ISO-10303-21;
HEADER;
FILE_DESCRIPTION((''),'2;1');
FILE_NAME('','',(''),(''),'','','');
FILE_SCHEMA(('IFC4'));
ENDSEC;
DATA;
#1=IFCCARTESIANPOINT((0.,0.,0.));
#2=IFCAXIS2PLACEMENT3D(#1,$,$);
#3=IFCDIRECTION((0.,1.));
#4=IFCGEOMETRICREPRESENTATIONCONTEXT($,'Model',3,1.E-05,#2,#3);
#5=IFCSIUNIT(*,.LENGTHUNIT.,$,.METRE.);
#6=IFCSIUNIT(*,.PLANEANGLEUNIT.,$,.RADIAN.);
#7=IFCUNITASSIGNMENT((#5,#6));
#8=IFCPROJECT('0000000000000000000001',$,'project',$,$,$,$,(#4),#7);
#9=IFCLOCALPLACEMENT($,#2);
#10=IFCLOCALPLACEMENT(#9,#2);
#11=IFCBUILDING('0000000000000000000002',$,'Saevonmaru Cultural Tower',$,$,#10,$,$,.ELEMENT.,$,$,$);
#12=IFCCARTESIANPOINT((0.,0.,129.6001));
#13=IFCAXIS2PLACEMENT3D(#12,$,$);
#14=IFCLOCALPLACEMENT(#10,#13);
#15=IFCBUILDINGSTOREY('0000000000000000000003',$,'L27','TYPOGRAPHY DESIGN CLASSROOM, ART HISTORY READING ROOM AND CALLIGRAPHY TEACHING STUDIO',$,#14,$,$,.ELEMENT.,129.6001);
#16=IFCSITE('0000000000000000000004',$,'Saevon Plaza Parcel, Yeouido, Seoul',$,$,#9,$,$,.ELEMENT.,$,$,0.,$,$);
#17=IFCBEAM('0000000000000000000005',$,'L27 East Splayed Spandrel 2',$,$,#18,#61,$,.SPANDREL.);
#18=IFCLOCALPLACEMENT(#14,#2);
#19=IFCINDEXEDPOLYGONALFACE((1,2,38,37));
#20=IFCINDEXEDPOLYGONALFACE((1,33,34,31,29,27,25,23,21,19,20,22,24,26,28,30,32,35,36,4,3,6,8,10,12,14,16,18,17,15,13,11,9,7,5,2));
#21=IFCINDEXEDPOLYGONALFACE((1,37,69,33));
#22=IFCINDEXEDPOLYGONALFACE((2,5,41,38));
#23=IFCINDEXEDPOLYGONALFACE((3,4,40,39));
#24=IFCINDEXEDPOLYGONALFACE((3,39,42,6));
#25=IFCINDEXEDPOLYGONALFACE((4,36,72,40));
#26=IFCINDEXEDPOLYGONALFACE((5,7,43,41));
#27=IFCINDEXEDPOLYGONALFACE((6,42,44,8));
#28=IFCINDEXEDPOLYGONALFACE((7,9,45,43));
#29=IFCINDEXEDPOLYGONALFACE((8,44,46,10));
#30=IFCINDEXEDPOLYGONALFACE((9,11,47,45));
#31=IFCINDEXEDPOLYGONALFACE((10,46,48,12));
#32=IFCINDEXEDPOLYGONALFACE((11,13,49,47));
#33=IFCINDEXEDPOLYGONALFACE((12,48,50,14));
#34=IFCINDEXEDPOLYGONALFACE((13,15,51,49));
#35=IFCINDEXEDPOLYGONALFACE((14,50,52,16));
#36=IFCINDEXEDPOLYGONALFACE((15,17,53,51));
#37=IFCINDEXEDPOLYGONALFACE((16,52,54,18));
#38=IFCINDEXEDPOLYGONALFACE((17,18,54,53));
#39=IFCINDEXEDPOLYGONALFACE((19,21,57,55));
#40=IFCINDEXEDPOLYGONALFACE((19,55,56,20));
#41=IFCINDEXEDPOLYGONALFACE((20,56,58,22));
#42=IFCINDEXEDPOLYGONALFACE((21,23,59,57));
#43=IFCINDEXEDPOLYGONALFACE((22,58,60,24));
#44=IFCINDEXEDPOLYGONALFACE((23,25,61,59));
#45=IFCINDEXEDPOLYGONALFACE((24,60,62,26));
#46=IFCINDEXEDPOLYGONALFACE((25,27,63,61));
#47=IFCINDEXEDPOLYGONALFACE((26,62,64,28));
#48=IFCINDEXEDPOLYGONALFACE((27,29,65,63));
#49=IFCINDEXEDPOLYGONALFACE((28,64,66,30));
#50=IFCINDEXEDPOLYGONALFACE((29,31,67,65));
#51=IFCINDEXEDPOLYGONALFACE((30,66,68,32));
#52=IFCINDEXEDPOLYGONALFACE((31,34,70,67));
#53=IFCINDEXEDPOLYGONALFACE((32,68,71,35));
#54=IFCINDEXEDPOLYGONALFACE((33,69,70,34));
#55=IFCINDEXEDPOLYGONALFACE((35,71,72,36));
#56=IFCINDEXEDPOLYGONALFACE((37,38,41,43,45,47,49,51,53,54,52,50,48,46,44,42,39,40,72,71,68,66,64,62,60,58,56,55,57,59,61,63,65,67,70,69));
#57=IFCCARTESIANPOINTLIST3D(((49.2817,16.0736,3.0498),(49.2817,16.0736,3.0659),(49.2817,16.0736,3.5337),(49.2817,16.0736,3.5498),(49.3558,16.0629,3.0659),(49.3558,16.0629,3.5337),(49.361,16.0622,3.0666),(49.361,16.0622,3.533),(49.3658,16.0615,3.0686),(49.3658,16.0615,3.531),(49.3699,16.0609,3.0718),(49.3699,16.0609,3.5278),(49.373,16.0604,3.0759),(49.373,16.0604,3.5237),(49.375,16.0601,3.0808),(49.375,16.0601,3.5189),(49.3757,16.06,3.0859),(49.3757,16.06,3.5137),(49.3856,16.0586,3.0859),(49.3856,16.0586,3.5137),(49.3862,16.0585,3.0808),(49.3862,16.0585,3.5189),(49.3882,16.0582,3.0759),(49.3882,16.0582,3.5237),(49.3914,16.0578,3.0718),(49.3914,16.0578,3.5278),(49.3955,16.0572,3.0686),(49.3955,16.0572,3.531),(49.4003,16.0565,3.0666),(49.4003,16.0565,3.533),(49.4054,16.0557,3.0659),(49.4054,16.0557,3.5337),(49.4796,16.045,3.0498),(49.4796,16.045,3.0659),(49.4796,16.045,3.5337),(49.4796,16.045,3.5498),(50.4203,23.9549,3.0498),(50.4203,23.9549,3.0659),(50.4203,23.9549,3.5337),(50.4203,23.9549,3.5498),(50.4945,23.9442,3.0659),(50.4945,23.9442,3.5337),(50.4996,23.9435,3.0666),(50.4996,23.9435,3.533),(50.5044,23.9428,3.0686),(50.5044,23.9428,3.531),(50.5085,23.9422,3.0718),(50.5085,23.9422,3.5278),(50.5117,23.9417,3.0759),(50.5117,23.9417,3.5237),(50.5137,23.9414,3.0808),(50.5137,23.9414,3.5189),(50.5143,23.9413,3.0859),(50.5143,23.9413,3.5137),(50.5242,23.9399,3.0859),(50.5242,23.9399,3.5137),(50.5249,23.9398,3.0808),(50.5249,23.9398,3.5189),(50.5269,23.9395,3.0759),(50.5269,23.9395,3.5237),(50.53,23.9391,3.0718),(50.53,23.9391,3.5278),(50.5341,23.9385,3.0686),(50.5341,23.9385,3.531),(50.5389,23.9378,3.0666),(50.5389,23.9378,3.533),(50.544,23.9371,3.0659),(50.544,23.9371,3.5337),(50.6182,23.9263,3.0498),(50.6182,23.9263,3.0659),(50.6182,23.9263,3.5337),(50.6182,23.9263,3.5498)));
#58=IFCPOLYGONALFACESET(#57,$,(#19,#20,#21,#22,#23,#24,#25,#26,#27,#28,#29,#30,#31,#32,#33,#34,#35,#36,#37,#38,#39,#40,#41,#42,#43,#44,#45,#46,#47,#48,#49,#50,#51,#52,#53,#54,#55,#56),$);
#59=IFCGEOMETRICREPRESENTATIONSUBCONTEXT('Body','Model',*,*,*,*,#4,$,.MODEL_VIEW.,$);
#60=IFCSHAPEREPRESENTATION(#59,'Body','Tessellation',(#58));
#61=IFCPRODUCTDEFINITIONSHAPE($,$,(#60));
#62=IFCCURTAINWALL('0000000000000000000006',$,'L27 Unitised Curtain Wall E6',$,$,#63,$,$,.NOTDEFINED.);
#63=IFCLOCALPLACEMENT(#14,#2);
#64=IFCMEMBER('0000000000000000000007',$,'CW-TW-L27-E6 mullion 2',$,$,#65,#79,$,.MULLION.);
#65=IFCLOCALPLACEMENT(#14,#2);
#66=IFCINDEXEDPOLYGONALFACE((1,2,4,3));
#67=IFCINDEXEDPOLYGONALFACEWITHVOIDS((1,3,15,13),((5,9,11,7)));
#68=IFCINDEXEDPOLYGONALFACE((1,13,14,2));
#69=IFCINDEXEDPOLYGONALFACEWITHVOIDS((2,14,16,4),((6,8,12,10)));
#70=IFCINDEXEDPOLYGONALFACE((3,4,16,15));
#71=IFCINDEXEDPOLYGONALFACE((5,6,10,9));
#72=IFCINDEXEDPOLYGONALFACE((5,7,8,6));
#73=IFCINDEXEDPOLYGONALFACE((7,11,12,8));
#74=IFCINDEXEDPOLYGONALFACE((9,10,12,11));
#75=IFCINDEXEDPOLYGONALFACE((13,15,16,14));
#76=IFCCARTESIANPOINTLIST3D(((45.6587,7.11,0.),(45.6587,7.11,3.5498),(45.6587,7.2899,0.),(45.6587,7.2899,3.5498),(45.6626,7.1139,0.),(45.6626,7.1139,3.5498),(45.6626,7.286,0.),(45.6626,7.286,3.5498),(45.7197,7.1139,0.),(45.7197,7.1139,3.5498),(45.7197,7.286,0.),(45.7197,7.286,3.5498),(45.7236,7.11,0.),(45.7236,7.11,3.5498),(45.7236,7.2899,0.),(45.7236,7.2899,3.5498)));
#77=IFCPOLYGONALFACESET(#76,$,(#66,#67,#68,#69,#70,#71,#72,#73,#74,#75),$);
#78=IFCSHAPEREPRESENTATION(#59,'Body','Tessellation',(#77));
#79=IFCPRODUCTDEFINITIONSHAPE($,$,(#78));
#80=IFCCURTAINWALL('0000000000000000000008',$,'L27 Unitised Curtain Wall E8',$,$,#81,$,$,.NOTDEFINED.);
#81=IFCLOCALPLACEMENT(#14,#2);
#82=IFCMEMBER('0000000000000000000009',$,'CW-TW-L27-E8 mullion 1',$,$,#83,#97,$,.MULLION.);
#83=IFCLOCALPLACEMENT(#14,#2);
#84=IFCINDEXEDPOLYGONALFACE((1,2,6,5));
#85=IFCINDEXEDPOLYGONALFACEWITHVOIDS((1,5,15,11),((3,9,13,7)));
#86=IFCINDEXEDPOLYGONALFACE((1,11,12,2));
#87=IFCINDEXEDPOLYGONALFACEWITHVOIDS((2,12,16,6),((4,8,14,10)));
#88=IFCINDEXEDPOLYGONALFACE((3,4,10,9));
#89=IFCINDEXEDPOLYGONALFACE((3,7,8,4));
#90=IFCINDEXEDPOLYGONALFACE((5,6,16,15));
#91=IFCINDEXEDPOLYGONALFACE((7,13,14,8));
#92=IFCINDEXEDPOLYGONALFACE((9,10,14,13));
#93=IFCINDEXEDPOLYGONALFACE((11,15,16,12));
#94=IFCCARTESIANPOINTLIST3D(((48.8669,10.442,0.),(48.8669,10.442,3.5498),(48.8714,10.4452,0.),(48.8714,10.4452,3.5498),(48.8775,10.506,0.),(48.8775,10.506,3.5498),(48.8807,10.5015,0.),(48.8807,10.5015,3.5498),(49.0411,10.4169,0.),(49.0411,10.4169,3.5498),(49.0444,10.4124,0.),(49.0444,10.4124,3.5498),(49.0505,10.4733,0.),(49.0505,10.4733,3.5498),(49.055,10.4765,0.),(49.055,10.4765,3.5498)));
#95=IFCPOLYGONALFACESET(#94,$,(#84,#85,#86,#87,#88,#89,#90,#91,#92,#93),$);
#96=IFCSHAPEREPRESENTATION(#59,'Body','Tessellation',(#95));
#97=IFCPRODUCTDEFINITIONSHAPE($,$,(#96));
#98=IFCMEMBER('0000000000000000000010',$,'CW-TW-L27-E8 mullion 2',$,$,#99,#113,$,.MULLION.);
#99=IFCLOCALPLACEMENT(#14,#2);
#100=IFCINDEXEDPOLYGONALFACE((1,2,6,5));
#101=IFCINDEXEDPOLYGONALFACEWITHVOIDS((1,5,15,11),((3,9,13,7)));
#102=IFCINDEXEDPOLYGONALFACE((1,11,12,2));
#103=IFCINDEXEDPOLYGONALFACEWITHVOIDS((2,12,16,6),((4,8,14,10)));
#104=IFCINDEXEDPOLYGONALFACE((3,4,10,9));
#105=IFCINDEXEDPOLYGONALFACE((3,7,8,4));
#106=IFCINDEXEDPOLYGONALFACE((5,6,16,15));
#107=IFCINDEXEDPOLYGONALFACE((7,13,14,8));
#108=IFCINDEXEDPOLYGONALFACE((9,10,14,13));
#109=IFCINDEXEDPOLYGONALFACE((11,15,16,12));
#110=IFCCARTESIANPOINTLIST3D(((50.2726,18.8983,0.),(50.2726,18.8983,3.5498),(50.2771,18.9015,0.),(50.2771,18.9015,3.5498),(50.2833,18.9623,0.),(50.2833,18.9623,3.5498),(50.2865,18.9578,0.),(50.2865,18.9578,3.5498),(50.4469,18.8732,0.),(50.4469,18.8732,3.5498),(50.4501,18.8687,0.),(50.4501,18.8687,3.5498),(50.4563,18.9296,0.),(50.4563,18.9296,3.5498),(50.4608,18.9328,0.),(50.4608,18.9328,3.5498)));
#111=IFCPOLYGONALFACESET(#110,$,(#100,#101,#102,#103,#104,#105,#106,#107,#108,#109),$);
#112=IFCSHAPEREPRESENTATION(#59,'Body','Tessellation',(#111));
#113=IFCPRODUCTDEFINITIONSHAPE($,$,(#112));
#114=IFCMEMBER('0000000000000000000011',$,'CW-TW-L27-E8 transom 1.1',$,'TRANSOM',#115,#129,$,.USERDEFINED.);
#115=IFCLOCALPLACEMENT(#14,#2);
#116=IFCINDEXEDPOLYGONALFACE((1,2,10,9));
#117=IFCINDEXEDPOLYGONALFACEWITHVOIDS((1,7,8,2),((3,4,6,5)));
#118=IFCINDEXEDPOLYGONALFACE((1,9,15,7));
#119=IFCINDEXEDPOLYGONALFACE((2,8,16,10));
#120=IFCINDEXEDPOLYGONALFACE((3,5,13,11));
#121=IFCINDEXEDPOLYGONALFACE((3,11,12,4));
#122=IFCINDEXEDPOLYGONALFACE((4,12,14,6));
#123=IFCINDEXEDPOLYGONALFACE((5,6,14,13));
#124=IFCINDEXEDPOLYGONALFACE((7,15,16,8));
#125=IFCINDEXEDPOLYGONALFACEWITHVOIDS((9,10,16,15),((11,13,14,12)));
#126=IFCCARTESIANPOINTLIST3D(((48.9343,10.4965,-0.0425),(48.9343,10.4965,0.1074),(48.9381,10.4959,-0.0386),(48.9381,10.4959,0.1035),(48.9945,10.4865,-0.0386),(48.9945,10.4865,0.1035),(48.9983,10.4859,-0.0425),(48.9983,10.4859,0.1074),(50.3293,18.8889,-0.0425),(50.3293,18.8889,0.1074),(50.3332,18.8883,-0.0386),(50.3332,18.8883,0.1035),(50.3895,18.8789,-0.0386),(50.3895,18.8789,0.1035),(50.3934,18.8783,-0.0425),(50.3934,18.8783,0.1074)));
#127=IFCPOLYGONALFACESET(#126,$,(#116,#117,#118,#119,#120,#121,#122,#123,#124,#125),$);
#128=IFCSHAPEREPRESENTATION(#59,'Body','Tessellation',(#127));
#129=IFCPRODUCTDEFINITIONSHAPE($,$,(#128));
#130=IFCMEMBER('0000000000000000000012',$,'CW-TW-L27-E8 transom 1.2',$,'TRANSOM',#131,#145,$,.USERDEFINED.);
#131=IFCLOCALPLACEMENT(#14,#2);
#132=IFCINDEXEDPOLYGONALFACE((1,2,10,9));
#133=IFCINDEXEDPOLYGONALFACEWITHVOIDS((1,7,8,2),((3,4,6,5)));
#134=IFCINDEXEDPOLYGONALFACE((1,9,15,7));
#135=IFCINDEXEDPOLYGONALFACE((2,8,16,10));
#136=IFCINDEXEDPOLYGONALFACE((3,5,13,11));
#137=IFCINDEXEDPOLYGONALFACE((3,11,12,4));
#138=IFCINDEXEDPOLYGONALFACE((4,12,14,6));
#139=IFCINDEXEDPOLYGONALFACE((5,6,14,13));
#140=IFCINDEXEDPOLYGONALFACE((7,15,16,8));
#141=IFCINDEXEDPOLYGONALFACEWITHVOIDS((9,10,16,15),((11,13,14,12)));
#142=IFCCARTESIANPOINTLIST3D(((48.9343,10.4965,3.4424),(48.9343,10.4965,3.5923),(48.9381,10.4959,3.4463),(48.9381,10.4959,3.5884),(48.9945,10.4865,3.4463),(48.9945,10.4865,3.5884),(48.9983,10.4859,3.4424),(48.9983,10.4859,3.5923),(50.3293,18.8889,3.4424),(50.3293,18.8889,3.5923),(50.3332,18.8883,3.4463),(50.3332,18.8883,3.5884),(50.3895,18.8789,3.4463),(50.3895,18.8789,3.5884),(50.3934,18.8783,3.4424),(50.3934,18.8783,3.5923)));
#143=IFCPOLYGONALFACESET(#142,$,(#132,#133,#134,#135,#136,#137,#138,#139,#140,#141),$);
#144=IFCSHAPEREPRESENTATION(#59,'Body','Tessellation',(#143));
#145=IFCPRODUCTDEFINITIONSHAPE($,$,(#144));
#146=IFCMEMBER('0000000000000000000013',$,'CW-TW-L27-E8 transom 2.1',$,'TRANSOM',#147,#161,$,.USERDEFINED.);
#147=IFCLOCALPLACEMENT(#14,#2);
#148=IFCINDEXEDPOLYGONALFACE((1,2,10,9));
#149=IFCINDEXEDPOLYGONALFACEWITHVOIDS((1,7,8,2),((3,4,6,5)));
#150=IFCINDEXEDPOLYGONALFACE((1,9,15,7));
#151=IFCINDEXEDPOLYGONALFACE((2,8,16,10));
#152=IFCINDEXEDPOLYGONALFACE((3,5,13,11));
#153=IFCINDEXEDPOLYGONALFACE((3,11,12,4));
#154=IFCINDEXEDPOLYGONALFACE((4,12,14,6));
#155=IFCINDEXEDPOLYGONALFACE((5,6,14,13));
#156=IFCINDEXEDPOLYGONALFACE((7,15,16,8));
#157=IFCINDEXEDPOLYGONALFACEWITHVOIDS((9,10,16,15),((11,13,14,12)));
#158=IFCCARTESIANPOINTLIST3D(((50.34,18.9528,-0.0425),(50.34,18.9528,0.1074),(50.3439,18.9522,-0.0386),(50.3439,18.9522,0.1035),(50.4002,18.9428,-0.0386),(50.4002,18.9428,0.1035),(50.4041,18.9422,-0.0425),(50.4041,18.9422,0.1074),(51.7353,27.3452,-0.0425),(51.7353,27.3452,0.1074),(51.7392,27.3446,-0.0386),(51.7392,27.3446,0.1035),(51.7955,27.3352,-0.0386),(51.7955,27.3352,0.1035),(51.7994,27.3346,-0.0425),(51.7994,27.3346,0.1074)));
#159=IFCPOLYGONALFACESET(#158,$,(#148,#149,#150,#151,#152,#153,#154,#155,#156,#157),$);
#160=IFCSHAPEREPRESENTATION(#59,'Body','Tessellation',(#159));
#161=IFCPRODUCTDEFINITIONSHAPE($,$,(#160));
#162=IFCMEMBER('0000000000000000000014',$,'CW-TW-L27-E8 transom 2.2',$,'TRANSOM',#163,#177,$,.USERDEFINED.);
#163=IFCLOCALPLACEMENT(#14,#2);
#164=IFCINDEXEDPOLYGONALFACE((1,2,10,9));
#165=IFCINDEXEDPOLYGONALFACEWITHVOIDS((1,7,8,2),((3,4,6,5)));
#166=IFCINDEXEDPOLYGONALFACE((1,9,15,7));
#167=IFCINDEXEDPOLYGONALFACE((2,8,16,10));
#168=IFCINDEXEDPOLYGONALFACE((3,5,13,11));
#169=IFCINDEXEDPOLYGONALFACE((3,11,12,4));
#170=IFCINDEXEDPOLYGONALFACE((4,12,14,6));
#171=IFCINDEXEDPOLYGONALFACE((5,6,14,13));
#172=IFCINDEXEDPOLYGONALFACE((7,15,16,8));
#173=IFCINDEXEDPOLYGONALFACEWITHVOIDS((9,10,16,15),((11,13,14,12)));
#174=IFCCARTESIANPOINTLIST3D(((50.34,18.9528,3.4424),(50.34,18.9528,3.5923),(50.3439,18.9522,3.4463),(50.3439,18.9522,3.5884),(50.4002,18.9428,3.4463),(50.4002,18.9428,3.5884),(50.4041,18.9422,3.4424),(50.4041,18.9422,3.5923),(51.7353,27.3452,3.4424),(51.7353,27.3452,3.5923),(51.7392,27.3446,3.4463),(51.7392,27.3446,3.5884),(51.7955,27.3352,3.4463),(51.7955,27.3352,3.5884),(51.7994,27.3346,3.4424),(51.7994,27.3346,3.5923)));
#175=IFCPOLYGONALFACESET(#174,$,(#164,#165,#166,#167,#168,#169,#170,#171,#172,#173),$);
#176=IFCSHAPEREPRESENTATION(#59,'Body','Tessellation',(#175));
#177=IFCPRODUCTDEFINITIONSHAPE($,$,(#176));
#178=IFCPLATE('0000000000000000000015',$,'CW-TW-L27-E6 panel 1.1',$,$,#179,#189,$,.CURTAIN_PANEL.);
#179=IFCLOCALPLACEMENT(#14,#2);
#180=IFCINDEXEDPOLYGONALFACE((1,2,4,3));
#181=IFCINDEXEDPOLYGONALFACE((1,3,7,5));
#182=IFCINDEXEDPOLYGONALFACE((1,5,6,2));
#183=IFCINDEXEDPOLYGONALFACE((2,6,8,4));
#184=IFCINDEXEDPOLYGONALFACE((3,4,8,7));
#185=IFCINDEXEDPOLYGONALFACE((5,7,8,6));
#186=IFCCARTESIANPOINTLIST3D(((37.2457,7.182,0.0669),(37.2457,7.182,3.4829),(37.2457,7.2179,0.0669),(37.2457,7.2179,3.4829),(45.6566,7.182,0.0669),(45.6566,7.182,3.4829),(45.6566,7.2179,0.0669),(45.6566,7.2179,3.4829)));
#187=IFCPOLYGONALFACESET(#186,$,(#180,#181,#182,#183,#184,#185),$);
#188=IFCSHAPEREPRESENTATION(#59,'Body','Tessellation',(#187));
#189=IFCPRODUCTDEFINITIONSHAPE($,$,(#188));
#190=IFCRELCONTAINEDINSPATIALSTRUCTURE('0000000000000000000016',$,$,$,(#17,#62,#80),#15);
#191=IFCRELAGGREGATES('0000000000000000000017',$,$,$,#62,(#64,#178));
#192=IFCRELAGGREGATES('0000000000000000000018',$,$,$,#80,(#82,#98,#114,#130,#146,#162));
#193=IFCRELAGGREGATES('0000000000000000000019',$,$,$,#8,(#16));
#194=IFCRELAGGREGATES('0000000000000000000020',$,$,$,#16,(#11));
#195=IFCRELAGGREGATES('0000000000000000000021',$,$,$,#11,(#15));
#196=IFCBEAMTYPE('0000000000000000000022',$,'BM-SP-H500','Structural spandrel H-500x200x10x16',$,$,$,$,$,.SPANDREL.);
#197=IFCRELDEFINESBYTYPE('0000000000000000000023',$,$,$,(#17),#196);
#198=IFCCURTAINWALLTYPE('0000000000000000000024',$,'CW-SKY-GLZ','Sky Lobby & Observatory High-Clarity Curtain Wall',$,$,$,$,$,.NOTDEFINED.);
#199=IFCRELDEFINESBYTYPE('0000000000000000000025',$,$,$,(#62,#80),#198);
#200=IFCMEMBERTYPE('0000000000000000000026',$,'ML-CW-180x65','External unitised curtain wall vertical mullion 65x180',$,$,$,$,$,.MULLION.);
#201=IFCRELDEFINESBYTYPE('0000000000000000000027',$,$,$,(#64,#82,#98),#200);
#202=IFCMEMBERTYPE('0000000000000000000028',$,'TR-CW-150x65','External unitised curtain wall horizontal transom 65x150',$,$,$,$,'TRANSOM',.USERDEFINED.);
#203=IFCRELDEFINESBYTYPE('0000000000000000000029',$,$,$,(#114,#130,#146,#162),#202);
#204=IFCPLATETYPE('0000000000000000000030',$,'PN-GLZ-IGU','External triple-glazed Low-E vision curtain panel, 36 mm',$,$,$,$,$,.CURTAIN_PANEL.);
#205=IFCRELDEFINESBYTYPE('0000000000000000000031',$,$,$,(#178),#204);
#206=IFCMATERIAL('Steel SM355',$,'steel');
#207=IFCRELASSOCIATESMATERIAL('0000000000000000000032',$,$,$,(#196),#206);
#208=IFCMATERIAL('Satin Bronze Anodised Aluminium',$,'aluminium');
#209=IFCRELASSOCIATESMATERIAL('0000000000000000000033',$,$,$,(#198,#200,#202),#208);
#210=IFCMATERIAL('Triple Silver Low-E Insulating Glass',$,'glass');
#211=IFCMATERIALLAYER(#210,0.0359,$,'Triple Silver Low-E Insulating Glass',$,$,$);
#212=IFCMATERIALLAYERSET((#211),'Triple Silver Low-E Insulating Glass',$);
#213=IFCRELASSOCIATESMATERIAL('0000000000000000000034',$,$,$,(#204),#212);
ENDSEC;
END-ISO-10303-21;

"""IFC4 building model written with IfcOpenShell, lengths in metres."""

from ifc_helpers import new_model, si_unit, direction, frame, origin, origin_2d, place, context, subcontext, project, spatial, rectangle, hollow_rectangle, i_section, extrude, material, layer, layer_set, material_profile, profile_set, type_object, element, aggregate, save


model = new_model("IFC4")

# Units and contexts
model_context = context("Model", 3, precision=1e-05, world=origin(), true_north=direction((0.0, 1.0)))
body_context = subcontext(model_context, "Body", "Model", "MODEL_VIEW")
ifc_project = project(units=[si_unit("LENGTHUNIT", "METRE"), si_unit("PLANEANGLEUNIT", "RADIAN")], contexts=[model_context])

# Site, building, storey
site_placement = place(None, origin())
site = spatial("IfcSite", under=ifc_project, at=site_placement, Name="Saevon Plaza Parcel, Yeouido, Seoul", CompositionType="ELEMENT", RefElevation=0.0)
building_placement = place(site_placement, origin())
building = spatial("IfcBuilding", under=site, at=building_placement, Name="Saevonmaru Cultural Tower", CompositionType="ELEMENT")
storey_placement = place(building_placement, frame((0.0, 0.0, 129.6001)))
storey = spatial("IfcBuildingStorey", under=building, at=storey_placement, Name="L27", Description="TYPOGRAPHY DESIGN CLASSROOM, ART HISTORY READING ROOM AND CALLIGRAPHY TEACHING STUDIO", CompositionType="ELEMENT", Elevation=129.6001)

# Shared definitions
ifc_material_1 = material(Name="Steel SM355", Category="steel")

# Beam
ifc_material_profile_1 = material_profile(ifc_material_1, i_section(OverallWidth=0.2, OverallDepth=0.5, WebThickness=0.01, FlangeThickness=0.0161, FilletRadius=0.02, at=origin_2d()), Name="H-500x200x10x16")
ifc_profile_set_1 = profile_set([ifc_material_profile_1], Name="Steel SM355")
beam_type_1 = type_object("IfcBeamType", Name="BM-SP-H500", Description="Structural spandrel H-500x200x10x16", PredefinedType="SPANDREL", material=ifc_profile_set_1)
beam_1_placement = place(storey_placement, frame((49.3806, 16.0593, 3.2998), z_axis=(0.142992, 0.989724, 0.0), x_axis=(-0.989724, 0.142992, 0.0)))
element("IfcBeam", 1, at=beam_1_placement, inside=storey, type_object=beam_type_1, Name="L27 East Splayed Spandrel 2", PredefinedType="SPANDREL", context=body_context, shape_type="SweptSolid", body=[
    extrude(i_section(OverallWidth=0.2, OverallDepth=0.5, WebThickness=0.01, FlangeThickness=0.0161, FilletRadius=0.02, at=origin_2d()), origin(), (0.0, 0.0, 1.0), 7.9631),
])

# Curtain wall, member
ifc_material_2 = material(Name="Satin Bronze Anodised Aluminium", Category="aluminium")
curtain_wall_type = type_object("IfcCurtainWallType", Name="CW-SKY-GLZ", Description="Sky Lobby & Observatory High-Clarity Curtain Wall", PredefinedType="NOTDEFINED", material=ifc_material_2)
curtain_wall_1_placement = place(storey_placement, origin())
curtain_wall_1 = element("IfcCurtainWall", 2, at=curtain_wall_1_placement, inside=storey, type_object=curtain_wall_type, Name="L27 Unitised Curtain Wall E6", PredefinedType="NOTDEFINED")
ifc_material_profile_2 = material_profile(ifc_material_2, hollow_rectangle(XDim=0.0649, YDim=0.1799, WallThickness=0.0039, at=origin_2d()), Name="ALU-MULL-180x65x4")
ifc_profile_set_2 = profile_set([ifc_material_profile_2], Name="Satin Bronze Anodised Aluminium")
member_type_1 = type_object("IfcMemberType", Name="ML-CW-180x65", Description="External unitised curtain wall vertical mullion 65x180", PredefinedType="MULLION", material=ifc_profile_set_2)
member_1_placement = place(storey_placement, frame((45.6912, 7.2, 0.0), z_axis=(0.0, 0.0, 1.0), x_axis=(1.0, 0.0, 0.0)))
member_1 = element("IfcMember", 3, at=member_1_placement, type_object=member_type_1, Name="CW-TW-L27-E6 mullion 2", PredefinedType="MULLION", context=body_context, shape_type="SweptSolid", body=[
    extrude(hollow_rectangle(XDim=0.0649, YDim=0.1799, WallThickness=0.0039, at=origin_2d()), origin(), (0.0, 0.0, 1.0), 3.5498),
])

# Curtain wall, members
curtain_wall_2_placement = place(storey_placement, origin())
curtain_wall_2 = element("IfcCurtainWall", 4, at=curtain_wall_2_placement, inside=storey, type_object=curtain_wall_type, Name="L27 Unitised Curtain Wall E8", PredefinedType="NOTDEFINED")
member_2_placement = place(storey_placement, frame((48.9609, 10.4592, 0.0), z_axis=(0.0, 0.0, 1.0), x_axis=(0.163999, 0.986461, 0.0)))
member_2 = element("IfcMember", 5, at=member_2_placement, type_object=member_type_1, Name="CW-TW-L27-E8 mullion 1", PredefinedType="MULLION", context=body_context, shape_type="SweptSolid", body=[
    extrude(hollow_rectangle(XDim=0.0649, YDim=0.1799, WallThickness=0.0039, at=origin_2d()), origin(), (0.0, 0.0, 1.0), 3.5498),
])
member_3_placement = place(storey_placement, frame((50.3667, 18.9155, 0.0), z_axis=(0.0, 0.0, 1.0), x_axis=(0.163999, 0.986461, 0.0)))
member_3 = element("IfcMember", 6, at=member_3_placement, type_object=member_type_1, Name="CW-TW-L27-E8 mullion 2", PredefinedType="MULLION", context=body_context, shape_type="SweptSolid", body=[
    extrude(hollow_rectangle(XDim=0.0649, YDim=0.1799, WallThickness=0.0039, at=origin_2d()), origin(), (0.0, 0.0, 1.0), 3.5498),
])
ifc_material_profile_3 = material_profile(ifc_material_2, hollow_rectangle(XDim=0.0649, YDim=0.1499, WallThickness=0.0039, at=origin_2d()), Name="ALU-TRAN-150x65x4")
ifc_profile_set_3 = profile_set([ifc_material_profile_3], Name="Satin Bronze Anodised Aluminium")
member_type_2 = type_object("IfcMemberType", Name="TR-CW-150x65", Description="External unitised curtain wall horizontal transom 65x150", ElementType="TRANSOM", PredefinedType="USERDEFINED", material=ifc_profile_set_3)
member_4_placement = place(storey_placement, frame((48.9663, 10.4912, 0.0325), z_axis=(0.163975, 0.986464, 0.0), x_axis=(-0.986464, 0.163975, 0.0)))
member_4 = element("IfcMember", 7, at=member_4_placement, type_object=member_type_2, Name="CW-TW-L27-E8 transom 1.1", ObjectType="TRANSOM", PredefinedType="USERDEFINED", context=body_context, shape_type="SweptSolid", body=[
    extrude(hollow_rectangle(XDim=0.0649, YDim=0.1499, WallThickness=0.0039, at=origin_2d()), origin(), (0.0, 0.0, 1.0), 8.5076),
])
member_5_placement = place(storey_placement, frame((48.9663, 10.4912, 3.5173), z_axis=(0.163975, 0.986464, 0.0), x_axis=(-0.986464, 0.163975, 0.0)))
member_5 = element("IfcMember", 8, at=member_5_placement, type_object=member_type_2, Name="CW-TW-L27-E8 transom 1.2", ObjectType="TRANSOM", PredefinedType="USERDEFINED", context=body_context, shape_type="SweptSolid", body=[
    extrude(hollow_rectangle(XDim=0.0649, YDim=0.1499, WallThickness=0.0039, at=origin_2d()), origin(), (0.0, 0.0, 1.0), 8.5076),
])
member_6_placement = place(storey_placement, frame((50.3721, 18.9475, 0.0325), z_axis=(0.164003, 0.98646, 0.0), x_axis=(-0.98646, 0.164003, 0.0)))
member_6 = element("IfcMember", 9, at=member_6_placement, type_object=member_type_2, Name="CW-TW-L27-E8 transom 2.1", ObjectType="TRANSOM", PredefinedType="USERDEFINED", context=body_context, shape_type="SweptSolid", body=[
    extrude(hollow_rectangle(XDim=0.0649, YDim=0.1499, WallThickness=0.0039, at=origin_2d()), origin(), (0.0, 0.0, 1.0), 8.5076),
])
member_7_placement = place(storey_placement, frame((50.3721, 18.9475, 3.5173), z_axis=(0.164003, 0.98646, 0.0), x_axis=(-0.98646, 0.164003, 0.0)))
member_7 = element("IfcMember", 10, at=member_7_placement, type_object=member_type_2, Name="CW-TW-L27-E8 transom 2.2", ObjectType="TRANSOM", PredefinedType="USERDEFINED", context=body_context, shape_type="SweptSolid", body=[
    extrude(hollow_rectangle(XDim=0.0649, YDim=0.1499, WallThickness=0.0039, at=origin_2d()), origin(), (0.0, 0.0, 1.0), 8.5076),
])

# Plate
ifc_material_3 = material(Name="Triple Silver Low-E Insulating Glass", Category="glass")
ifc_layer_1 = layer(ifc_material_3, 0.0359, Name="Triple Silver Low-E Insulating Glass")
ifc_layer_set_1 = layer_set([ifc_layer_1], Name="Triple Silver Low-E Insulating Glass")
plate_type = type_object("IfcPlateType", Name="PN-GLZ-IGU", Description="External triple-glazed Low-E vision curtain panel, 36 mm", PredefinedType="CURTAIN_PANEL", material=ifc_layer_set_1)
plate_1_placement = place(storey_placement, frame((41.4512, 7.2, 0.0669), z_axis=(0.0, 0.0, 1.0), x_axis=(1.0, 0.0, 0.0)))
plate_1 = element("IfcPlate", 11, at=plate_1_placement, type_object=plate_type, Name="CW-TW-L27-E6 panel 1.1", PredefinedType="CURTAIN_PANEL", context=body_context, shape_type="SweptSolid", body=[
    extrude(rectangle(XDim=8.4109, YDim=0.0359, at=origin_2d()), origin(), (0.0, 0.0, 1.0), 3.416),
])
aggregate(curtain_wall_1, [member_1, plate_1])
aggregate(curtain_wall_2, [member_2, member_3, member_4, member_5, member_6, member_7])

save(model, "model.ifc")
